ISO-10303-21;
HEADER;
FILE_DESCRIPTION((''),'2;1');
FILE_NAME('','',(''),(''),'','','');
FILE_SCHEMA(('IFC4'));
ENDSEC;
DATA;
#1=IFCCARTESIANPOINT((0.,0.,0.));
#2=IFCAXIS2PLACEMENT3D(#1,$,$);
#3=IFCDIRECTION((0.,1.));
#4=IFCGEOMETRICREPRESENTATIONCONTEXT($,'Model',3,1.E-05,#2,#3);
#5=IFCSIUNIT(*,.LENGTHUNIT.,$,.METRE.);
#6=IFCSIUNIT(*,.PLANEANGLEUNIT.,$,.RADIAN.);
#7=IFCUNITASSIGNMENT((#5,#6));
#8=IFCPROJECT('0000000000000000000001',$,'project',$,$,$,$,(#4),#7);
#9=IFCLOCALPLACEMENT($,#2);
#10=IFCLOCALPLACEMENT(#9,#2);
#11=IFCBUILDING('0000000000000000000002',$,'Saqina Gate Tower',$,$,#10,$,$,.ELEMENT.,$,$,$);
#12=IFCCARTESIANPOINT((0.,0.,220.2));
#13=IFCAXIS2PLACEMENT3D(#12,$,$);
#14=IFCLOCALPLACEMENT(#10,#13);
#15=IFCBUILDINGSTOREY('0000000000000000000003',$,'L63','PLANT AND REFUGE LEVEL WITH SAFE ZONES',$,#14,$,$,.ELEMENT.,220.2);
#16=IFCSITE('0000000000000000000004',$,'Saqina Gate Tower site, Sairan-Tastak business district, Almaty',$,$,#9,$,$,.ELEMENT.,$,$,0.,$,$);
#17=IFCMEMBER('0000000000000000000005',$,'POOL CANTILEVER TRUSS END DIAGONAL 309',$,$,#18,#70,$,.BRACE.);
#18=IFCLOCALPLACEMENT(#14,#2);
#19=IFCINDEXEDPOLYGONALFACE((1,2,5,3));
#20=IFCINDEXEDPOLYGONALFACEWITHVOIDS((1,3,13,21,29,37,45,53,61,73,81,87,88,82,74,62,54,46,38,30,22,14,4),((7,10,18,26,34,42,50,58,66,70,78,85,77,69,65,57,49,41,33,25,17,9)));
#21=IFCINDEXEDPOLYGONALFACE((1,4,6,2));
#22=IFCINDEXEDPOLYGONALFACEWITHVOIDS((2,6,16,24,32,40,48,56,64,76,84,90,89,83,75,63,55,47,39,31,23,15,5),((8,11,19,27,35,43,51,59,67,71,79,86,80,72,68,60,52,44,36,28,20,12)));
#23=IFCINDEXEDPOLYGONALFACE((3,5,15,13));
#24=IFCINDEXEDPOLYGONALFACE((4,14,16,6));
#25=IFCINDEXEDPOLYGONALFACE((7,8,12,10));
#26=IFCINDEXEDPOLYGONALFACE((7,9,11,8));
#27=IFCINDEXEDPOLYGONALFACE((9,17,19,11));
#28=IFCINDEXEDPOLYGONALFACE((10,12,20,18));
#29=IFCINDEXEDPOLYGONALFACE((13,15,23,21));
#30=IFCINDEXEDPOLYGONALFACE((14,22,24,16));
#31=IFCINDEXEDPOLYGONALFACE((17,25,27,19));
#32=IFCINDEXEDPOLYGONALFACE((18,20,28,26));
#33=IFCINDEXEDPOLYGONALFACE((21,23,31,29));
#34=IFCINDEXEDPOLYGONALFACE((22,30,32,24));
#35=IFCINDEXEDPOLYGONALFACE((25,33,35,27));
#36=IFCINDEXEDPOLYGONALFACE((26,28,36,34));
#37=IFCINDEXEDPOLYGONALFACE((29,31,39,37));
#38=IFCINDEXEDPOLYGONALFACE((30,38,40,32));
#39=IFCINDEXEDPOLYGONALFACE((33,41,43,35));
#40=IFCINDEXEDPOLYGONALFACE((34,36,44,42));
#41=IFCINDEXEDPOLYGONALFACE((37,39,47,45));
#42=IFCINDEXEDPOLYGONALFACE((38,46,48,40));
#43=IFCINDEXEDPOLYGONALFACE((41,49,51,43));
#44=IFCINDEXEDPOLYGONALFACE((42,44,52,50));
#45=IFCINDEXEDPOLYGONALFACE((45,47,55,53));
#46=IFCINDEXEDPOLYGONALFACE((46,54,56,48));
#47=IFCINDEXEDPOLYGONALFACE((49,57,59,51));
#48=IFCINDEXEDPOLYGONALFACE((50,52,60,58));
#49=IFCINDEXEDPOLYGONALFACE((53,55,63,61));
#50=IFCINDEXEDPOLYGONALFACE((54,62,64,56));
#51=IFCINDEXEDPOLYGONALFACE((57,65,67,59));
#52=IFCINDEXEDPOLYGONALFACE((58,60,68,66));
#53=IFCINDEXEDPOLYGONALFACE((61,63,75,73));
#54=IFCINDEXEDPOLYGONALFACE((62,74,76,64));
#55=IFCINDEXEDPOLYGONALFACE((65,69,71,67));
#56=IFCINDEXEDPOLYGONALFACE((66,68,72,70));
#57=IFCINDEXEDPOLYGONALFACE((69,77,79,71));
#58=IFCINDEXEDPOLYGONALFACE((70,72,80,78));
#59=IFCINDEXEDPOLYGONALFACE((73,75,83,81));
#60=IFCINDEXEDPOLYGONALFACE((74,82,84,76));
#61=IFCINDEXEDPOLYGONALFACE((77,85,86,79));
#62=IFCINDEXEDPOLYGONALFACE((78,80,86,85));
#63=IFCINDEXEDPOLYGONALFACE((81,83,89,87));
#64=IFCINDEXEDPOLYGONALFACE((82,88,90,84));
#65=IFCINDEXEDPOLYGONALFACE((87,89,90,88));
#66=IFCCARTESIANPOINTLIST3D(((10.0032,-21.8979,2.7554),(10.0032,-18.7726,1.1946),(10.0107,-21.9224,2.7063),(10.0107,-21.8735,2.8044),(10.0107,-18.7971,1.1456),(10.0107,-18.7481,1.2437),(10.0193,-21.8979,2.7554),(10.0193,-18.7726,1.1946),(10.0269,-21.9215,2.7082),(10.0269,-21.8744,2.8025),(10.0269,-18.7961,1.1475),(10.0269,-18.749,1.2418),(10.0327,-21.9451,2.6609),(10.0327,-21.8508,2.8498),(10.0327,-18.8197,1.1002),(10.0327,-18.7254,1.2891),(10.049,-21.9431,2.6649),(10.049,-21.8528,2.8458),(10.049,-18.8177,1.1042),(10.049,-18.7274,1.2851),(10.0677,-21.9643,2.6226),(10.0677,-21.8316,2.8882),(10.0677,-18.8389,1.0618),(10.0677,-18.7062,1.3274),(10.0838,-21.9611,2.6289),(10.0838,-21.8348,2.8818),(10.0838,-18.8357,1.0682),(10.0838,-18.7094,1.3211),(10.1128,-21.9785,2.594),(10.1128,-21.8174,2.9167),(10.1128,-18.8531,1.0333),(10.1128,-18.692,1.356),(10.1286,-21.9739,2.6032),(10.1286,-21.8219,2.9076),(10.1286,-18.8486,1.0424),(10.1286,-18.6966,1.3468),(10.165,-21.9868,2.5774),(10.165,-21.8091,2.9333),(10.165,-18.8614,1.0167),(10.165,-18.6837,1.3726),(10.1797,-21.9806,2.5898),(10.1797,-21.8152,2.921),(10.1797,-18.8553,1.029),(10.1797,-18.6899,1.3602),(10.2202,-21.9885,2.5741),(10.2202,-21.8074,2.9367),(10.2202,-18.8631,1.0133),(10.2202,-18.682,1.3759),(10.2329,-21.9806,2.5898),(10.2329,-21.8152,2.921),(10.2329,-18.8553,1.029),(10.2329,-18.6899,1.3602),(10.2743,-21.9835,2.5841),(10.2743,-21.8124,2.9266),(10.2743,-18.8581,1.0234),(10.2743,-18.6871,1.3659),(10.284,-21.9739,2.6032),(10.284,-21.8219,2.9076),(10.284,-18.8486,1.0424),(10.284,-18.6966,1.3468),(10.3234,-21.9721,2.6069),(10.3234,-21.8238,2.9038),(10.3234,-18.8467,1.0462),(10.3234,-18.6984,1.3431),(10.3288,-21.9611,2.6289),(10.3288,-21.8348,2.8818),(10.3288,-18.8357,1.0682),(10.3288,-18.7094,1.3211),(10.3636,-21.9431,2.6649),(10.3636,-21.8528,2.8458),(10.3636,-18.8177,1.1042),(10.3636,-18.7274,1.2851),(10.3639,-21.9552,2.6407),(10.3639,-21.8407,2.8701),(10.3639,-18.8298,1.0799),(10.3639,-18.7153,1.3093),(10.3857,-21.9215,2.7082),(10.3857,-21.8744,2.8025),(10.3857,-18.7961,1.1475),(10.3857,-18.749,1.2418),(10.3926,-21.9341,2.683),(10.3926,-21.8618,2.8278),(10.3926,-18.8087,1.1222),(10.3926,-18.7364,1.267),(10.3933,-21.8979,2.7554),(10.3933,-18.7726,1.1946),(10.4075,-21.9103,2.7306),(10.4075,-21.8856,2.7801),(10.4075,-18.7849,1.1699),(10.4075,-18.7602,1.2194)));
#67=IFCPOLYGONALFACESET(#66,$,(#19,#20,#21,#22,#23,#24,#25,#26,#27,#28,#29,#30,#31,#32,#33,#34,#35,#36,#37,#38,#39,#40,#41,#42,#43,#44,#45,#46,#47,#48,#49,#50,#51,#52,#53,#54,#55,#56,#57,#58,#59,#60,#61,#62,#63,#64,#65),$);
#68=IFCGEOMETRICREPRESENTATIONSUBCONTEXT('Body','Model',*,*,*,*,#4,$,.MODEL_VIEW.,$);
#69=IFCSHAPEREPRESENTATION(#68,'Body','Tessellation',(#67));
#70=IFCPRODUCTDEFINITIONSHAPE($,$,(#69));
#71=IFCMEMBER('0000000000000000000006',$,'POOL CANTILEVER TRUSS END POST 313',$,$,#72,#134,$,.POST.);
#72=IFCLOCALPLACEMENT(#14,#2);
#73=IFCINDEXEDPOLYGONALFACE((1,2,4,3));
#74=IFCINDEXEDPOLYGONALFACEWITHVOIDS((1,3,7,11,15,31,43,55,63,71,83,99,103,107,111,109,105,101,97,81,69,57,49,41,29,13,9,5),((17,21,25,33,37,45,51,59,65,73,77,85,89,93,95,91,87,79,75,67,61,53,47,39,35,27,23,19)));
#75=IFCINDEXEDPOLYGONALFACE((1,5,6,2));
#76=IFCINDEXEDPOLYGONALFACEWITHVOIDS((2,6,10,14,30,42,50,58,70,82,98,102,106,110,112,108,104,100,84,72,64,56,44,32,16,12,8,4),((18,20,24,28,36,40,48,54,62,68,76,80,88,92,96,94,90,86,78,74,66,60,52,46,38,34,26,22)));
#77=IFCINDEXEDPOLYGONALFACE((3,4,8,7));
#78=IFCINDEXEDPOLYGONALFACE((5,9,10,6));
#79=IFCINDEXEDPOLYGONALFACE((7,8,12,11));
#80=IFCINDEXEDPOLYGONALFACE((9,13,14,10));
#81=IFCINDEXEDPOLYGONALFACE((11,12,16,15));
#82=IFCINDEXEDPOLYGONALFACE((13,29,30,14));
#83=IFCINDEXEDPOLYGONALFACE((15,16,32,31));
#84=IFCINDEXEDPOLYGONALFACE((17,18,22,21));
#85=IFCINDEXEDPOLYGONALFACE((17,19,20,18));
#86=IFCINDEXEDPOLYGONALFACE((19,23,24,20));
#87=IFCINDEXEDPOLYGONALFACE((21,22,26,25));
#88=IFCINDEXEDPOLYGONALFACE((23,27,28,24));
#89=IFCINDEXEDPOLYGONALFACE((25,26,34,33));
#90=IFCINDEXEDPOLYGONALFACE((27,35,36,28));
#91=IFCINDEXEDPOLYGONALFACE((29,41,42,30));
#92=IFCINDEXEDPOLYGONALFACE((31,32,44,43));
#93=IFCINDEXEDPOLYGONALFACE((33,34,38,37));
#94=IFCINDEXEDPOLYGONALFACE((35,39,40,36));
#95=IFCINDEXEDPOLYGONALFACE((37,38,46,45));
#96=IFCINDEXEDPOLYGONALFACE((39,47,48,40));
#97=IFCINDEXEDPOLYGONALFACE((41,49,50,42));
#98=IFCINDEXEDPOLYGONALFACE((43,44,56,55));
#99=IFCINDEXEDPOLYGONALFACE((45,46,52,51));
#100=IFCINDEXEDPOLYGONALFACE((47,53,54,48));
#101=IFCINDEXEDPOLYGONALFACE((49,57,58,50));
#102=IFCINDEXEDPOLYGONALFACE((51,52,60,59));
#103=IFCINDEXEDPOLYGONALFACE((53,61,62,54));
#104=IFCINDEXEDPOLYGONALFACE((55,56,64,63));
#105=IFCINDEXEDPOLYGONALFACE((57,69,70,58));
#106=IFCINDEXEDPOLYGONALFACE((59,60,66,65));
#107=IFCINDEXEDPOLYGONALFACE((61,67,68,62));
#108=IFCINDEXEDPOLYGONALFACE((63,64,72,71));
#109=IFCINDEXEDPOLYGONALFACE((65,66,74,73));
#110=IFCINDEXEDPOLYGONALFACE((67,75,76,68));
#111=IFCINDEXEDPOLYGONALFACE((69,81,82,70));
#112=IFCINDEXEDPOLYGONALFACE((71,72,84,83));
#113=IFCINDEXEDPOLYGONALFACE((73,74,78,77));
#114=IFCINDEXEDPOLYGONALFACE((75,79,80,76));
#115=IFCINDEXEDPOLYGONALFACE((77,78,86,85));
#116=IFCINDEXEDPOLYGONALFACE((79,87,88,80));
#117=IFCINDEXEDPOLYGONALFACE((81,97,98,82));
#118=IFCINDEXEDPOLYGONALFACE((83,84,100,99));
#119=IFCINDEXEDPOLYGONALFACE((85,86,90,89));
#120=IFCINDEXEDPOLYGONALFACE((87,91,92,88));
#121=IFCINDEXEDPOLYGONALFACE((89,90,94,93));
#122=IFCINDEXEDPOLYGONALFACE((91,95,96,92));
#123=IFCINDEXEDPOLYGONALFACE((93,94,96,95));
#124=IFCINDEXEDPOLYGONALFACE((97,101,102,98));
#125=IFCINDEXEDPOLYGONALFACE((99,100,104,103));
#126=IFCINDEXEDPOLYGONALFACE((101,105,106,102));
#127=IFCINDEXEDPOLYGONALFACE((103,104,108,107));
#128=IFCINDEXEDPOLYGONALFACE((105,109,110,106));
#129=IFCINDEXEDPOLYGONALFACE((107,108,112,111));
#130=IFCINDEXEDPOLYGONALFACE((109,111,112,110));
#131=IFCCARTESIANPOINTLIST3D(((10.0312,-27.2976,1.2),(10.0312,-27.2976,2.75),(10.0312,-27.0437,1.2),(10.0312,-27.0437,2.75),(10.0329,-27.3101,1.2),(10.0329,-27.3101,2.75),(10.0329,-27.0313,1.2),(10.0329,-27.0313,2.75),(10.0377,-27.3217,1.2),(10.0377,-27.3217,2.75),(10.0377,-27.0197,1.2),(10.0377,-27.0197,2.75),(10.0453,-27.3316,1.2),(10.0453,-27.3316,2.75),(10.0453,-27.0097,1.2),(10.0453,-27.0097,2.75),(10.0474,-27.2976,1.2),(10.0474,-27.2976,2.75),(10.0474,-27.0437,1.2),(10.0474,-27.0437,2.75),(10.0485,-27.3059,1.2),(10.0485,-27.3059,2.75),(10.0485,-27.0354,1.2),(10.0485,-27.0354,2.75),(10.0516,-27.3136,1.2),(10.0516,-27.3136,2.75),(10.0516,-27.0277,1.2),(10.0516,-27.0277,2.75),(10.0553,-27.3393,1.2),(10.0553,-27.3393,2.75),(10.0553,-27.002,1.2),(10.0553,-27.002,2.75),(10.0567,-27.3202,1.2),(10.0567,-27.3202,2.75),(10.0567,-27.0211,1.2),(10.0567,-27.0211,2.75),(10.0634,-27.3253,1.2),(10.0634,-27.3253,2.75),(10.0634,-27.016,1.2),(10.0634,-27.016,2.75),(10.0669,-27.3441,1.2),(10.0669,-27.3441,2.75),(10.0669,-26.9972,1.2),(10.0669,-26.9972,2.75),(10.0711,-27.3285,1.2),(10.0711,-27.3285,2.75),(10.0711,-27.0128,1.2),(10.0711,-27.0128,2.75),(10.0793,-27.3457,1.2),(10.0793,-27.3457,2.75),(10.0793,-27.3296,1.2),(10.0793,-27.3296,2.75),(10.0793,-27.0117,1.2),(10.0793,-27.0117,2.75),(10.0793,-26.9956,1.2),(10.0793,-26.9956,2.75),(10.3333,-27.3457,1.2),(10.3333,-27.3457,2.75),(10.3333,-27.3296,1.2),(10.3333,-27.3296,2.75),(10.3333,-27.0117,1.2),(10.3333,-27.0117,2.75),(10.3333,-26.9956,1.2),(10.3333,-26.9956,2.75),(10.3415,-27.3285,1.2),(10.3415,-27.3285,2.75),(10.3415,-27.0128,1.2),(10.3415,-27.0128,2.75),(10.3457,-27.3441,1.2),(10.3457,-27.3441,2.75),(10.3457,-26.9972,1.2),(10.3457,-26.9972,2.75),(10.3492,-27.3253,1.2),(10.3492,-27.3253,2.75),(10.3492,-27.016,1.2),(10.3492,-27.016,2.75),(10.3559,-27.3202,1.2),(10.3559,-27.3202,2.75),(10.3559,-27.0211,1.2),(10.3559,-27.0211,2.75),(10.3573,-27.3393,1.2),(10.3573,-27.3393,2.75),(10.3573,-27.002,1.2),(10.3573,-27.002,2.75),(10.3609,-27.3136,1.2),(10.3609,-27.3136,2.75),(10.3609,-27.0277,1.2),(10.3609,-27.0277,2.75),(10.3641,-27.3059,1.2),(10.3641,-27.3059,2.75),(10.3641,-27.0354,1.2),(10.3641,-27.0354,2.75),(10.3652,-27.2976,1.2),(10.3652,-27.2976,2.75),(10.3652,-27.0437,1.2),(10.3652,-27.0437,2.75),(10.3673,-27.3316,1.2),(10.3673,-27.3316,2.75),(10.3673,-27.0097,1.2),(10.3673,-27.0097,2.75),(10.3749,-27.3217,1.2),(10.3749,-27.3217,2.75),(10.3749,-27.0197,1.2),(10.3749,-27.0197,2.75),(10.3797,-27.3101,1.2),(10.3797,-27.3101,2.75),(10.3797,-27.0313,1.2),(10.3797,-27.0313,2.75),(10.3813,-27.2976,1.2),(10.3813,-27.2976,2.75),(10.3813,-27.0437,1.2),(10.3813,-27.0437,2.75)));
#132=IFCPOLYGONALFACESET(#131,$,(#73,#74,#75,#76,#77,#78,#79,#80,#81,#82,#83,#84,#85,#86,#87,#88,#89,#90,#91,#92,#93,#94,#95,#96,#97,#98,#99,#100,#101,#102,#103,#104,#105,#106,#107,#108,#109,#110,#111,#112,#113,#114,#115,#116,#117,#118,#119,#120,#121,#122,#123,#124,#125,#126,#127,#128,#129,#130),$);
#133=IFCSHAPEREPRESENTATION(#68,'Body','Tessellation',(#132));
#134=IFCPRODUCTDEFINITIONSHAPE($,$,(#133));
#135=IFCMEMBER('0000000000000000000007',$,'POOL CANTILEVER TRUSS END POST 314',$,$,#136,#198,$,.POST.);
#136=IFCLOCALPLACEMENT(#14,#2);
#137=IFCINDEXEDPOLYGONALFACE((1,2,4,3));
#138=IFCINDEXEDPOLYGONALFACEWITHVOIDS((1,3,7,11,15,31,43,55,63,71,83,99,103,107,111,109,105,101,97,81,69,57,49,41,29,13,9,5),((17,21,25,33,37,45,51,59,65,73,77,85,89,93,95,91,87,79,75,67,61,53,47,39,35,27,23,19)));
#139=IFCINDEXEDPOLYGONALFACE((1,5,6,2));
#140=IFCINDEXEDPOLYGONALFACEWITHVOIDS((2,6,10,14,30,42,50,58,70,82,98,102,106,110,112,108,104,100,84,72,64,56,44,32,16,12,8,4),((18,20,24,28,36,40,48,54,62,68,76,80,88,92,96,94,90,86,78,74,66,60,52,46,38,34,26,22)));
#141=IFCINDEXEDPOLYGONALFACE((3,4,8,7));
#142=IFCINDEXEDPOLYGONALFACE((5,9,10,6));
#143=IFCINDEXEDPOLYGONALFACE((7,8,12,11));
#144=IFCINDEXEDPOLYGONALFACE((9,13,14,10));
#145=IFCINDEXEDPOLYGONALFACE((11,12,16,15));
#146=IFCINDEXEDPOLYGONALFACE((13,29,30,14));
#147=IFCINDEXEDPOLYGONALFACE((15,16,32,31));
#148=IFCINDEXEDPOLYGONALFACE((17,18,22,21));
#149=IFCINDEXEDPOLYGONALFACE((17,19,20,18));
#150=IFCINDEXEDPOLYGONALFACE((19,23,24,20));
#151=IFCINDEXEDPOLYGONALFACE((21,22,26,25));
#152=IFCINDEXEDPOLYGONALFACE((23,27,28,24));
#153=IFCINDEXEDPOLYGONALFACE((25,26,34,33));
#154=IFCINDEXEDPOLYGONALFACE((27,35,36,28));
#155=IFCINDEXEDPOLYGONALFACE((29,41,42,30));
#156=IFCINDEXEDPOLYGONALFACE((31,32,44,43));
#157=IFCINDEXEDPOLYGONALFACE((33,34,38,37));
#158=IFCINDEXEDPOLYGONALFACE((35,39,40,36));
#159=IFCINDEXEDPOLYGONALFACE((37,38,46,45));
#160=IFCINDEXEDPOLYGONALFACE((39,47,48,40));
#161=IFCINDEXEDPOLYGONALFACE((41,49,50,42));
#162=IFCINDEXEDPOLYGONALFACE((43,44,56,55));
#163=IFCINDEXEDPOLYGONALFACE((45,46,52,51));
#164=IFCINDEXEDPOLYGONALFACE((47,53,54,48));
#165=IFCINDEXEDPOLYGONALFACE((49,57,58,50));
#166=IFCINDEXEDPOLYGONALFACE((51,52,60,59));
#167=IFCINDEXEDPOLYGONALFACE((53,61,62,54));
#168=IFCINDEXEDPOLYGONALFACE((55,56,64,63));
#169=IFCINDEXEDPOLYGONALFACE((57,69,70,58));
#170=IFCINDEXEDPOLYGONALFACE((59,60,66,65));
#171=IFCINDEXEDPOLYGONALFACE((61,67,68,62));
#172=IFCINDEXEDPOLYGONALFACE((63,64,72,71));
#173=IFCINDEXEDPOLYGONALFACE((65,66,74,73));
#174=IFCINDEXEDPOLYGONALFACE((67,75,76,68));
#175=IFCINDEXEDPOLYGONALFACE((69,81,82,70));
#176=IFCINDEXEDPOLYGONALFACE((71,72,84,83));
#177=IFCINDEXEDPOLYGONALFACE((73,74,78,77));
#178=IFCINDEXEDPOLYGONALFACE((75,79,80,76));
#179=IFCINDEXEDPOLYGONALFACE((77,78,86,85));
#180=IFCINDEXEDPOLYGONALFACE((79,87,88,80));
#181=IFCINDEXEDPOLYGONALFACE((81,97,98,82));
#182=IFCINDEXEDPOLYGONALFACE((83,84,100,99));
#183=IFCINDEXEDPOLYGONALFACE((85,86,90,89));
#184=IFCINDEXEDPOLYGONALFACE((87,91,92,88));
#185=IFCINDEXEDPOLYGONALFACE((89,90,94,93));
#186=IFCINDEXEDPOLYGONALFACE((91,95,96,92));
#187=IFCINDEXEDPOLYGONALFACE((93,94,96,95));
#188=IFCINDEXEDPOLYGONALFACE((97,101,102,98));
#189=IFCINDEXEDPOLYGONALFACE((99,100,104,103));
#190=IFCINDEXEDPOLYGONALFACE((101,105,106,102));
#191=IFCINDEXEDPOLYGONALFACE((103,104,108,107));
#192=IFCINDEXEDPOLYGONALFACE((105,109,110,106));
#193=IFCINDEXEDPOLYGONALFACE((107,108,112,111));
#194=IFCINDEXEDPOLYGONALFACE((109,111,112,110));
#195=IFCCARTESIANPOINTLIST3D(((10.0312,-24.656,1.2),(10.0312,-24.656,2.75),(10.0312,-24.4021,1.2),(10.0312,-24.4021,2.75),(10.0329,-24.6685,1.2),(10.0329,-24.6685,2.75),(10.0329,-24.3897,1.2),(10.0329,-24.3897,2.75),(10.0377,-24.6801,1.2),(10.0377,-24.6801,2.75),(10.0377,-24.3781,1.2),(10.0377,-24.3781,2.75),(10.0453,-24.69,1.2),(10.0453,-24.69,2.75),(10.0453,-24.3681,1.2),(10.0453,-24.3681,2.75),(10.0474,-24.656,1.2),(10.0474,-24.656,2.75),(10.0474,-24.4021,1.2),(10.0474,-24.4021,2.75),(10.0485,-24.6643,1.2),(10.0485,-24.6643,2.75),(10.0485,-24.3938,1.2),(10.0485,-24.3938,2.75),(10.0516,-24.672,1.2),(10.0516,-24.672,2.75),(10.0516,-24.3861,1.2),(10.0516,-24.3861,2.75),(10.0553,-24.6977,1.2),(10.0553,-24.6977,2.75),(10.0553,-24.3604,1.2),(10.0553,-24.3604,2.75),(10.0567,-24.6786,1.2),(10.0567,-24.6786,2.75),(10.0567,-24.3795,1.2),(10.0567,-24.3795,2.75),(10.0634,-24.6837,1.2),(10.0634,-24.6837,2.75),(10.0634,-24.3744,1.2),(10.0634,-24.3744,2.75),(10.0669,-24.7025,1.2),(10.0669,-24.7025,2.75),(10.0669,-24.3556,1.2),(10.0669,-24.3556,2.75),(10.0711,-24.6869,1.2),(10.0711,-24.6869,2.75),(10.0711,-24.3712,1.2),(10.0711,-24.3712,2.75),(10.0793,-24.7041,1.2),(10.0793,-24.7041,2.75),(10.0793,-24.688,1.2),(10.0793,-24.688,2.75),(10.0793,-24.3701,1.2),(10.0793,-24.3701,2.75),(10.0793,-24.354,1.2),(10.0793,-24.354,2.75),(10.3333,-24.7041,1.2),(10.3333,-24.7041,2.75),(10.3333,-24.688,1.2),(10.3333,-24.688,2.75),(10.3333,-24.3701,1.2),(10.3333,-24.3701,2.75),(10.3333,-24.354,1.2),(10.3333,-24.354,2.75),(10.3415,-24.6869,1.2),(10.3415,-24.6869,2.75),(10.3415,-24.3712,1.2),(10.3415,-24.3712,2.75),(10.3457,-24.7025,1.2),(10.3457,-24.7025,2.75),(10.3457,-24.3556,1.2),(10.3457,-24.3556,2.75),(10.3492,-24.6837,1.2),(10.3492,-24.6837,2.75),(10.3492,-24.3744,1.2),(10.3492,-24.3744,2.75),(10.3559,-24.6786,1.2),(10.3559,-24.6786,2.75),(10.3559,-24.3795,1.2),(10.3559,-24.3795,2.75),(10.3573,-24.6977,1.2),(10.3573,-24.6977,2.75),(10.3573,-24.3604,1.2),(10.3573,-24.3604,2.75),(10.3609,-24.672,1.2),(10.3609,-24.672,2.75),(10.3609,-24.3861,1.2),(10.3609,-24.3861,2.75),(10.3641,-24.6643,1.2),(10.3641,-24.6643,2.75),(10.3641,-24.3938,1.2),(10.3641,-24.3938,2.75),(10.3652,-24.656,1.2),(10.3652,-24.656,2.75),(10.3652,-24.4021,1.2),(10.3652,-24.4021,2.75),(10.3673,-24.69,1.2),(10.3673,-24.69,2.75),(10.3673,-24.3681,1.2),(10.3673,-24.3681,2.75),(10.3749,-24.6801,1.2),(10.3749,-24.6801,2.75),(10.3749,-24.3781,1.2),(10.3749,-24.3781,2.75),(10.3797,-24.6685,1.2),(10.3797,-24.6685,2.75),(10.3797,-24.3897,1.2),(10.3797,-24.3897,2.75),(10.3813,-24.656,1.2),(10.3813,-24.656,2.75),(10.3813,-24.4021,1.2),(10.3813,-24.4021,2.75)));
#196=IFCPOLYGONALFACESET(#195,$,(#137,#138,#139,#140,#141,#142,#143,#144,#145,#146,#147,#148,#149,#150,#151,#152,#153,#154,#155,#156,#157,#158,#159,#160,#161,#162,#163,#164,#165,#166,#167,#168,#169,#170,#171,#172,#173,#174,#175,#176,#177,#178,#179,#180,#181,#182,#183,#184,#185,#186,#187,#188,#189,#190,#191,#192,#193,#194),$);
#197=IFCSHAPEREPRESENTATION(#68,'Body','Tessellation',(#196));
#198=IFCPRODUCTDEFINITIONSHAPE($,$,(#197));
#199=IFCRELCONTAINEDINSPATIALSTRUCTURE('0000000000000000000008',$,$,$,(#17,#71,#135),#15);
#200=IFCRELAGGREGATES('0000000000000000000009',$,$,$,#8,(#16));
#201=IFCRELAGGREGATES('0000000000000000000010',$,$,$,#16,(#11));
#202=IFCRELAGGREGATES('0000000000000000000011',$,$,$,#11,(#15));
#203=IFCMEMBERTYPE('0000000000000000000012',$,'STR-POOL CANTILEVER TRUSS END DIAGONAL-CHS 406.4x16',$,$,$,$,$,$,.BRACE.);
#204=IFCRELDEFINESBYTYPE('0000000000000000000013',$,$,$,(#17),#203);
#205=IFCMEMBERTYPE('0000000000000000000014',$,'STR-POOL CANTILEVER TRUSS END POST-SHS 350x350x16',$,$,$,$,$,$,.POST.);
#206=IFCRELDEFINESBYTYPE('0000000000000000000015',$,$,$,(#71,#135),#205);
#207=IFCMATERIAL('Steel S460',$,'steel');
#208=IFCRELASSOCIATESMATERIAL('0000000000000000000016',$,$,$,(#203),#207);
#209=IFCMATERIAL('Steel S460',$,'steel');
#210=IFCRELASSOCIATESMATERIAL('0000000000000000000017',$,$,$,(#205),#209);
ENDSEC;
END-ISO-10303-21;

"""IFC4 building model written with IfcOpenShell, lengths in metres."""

from ifc_helpers import new_model, si_unit, direction, frame, origin, origin_2d, place, context, subcontext, project, spatial, hollow_rectangle, hollow_circle, extrude, material, material_profile, profile_set, type_object, element, save


model = new_model("IFC4")

# Units and contexts
model_context = context("Model", 3, precision=1e-05, world=origin(), true_north=direction((0.0, 1.0)))
body_context = subcontext(model_context, "Body", "Model", "MODEL_VIEW")
ifc_project = project(units=[si_unit("LENGTHUNIT", "METRE"), si_unit("PLANEANGLEUNIT", "RADIAN")], contexts=[model_context])

# Site, building, storey
site_placement = place(None, origin())
site = spatial("IfcSite", under=ifc_project, at=site_placement, Name="Saqina Gate Tower site, Sairan-Tastak business district, Almaty", CompositionType="ELEMENT", RefElevation=0.0)
building_placement = place(site_placement, origin())
building = spatial("IfcBuilding", under=site, at=building_placement, Name="Saqina Gate Tower", CompositionType="ELEMENT")
storey_placement = place(building_placement, frame((0.0, 0.0, 220.2)))
storey = spatial("IfcBuildingStorey", under=building, at=storey_placement, Name="L63", Description="PLANT AND REFUGE LEVEL WITH SAFE ZONES", CompositionType="ELEMENT", Elevation=220.2)

# Members
ifc_material_1 = material(Name="Steel S460", Category="steel")
ifc_material_profile_1 = material_profile(ifc_material_1, hollow_circle(Radius=0.2031, WallThickness=0.0161, at=origin_2d()), Name="CHS 406.4x16")
ifc_profile_set_1 = profile_set([ifc_material_profile_1], Name="Steel S460")
member_type_1 = type_object("IfcMemberType", Name="STR-POOL CANTILEVER TRUSS END DIAGONAL-CHS 406.4x16", PredefinedType="BRACE", material=ifc_profile_set_1)
member_1_placement = place(storey_placement, frame((10.2063, -21.8979, 2.7554), z_axis=(0.0, 0.894651, -0.446766), x_axis=(-1.0, 0.0, 0.0)))
element("IfcMember", 1, at=member_1_placement, inside=storey, type_object=member_type_1, Name="POOL CANTILEVER TRUSS END DIAGONAL 309", PredefinedType="BRACE", context=body_context, shape_type="SweptSolid", body=[
    extrude(hollow_circle(Radius=0.2031, WallThickness=0.0161, at=origin_2d()), origin(), (0.0, 0.0, 1.0), 3.4934),
])
ifc_material_2 = material(Name="Steel S460", Category="steel")
ifc_material_profile_2 = material_profile(ifc_material_2, hollow_rectangle(XDim=0.3501, YDim=0.3501, WallThickness=0.0161, InnerFilletRadius=0.032, OuterFilletRadius=0.0481, at=origin_2d()), Name="SHS 350x350x16")
ifc_profile_set_2 = profile_set([ifc_material_profile_2], Name="Steel S460")
member_type_2 = type_object("IfcMemberType", Name="STR-POOL CANTILEVER TRUSS END POST-SHS 350x350x16", PredefinedType="POST", material=ifc_profile_set_2)
for number, where, z_axis, x_axis, name in (
    (2, (10.2063, -27.1707, 1.2), (0.0, 0.0, 1.0), (1.0, 0.0, 0.0), "POOL CANTILEVER TRUSS END POST 313"),
    (3, (10.2063, -24.5291, 1.2), (0.0, 0.0, 1.0), (1.0, 0.0, 0.0), "POOL CANTILEVER TRUSS END POST 314"),
):
    element("IfcMember", number, at=place(storey_placement, frame(where, z_axis=z_axis, x_axis=x_axis)), inside=storey, type_object=member_type_2, Name=name, PredefinedType="POST", context=body_context, shape_type="SweptSolid", body=[
        extrude(hollow_rectangle(XDim=0.3501, YDim=0.3501, WallThickness=0.0161, InnerFilletRadius=0.032, OuterFilletRadius=0.0481, at=origin_2d()), origin(), (0.0, 0.0, 1.0), 1.55),
    ])

save(model, "model.ifc")
